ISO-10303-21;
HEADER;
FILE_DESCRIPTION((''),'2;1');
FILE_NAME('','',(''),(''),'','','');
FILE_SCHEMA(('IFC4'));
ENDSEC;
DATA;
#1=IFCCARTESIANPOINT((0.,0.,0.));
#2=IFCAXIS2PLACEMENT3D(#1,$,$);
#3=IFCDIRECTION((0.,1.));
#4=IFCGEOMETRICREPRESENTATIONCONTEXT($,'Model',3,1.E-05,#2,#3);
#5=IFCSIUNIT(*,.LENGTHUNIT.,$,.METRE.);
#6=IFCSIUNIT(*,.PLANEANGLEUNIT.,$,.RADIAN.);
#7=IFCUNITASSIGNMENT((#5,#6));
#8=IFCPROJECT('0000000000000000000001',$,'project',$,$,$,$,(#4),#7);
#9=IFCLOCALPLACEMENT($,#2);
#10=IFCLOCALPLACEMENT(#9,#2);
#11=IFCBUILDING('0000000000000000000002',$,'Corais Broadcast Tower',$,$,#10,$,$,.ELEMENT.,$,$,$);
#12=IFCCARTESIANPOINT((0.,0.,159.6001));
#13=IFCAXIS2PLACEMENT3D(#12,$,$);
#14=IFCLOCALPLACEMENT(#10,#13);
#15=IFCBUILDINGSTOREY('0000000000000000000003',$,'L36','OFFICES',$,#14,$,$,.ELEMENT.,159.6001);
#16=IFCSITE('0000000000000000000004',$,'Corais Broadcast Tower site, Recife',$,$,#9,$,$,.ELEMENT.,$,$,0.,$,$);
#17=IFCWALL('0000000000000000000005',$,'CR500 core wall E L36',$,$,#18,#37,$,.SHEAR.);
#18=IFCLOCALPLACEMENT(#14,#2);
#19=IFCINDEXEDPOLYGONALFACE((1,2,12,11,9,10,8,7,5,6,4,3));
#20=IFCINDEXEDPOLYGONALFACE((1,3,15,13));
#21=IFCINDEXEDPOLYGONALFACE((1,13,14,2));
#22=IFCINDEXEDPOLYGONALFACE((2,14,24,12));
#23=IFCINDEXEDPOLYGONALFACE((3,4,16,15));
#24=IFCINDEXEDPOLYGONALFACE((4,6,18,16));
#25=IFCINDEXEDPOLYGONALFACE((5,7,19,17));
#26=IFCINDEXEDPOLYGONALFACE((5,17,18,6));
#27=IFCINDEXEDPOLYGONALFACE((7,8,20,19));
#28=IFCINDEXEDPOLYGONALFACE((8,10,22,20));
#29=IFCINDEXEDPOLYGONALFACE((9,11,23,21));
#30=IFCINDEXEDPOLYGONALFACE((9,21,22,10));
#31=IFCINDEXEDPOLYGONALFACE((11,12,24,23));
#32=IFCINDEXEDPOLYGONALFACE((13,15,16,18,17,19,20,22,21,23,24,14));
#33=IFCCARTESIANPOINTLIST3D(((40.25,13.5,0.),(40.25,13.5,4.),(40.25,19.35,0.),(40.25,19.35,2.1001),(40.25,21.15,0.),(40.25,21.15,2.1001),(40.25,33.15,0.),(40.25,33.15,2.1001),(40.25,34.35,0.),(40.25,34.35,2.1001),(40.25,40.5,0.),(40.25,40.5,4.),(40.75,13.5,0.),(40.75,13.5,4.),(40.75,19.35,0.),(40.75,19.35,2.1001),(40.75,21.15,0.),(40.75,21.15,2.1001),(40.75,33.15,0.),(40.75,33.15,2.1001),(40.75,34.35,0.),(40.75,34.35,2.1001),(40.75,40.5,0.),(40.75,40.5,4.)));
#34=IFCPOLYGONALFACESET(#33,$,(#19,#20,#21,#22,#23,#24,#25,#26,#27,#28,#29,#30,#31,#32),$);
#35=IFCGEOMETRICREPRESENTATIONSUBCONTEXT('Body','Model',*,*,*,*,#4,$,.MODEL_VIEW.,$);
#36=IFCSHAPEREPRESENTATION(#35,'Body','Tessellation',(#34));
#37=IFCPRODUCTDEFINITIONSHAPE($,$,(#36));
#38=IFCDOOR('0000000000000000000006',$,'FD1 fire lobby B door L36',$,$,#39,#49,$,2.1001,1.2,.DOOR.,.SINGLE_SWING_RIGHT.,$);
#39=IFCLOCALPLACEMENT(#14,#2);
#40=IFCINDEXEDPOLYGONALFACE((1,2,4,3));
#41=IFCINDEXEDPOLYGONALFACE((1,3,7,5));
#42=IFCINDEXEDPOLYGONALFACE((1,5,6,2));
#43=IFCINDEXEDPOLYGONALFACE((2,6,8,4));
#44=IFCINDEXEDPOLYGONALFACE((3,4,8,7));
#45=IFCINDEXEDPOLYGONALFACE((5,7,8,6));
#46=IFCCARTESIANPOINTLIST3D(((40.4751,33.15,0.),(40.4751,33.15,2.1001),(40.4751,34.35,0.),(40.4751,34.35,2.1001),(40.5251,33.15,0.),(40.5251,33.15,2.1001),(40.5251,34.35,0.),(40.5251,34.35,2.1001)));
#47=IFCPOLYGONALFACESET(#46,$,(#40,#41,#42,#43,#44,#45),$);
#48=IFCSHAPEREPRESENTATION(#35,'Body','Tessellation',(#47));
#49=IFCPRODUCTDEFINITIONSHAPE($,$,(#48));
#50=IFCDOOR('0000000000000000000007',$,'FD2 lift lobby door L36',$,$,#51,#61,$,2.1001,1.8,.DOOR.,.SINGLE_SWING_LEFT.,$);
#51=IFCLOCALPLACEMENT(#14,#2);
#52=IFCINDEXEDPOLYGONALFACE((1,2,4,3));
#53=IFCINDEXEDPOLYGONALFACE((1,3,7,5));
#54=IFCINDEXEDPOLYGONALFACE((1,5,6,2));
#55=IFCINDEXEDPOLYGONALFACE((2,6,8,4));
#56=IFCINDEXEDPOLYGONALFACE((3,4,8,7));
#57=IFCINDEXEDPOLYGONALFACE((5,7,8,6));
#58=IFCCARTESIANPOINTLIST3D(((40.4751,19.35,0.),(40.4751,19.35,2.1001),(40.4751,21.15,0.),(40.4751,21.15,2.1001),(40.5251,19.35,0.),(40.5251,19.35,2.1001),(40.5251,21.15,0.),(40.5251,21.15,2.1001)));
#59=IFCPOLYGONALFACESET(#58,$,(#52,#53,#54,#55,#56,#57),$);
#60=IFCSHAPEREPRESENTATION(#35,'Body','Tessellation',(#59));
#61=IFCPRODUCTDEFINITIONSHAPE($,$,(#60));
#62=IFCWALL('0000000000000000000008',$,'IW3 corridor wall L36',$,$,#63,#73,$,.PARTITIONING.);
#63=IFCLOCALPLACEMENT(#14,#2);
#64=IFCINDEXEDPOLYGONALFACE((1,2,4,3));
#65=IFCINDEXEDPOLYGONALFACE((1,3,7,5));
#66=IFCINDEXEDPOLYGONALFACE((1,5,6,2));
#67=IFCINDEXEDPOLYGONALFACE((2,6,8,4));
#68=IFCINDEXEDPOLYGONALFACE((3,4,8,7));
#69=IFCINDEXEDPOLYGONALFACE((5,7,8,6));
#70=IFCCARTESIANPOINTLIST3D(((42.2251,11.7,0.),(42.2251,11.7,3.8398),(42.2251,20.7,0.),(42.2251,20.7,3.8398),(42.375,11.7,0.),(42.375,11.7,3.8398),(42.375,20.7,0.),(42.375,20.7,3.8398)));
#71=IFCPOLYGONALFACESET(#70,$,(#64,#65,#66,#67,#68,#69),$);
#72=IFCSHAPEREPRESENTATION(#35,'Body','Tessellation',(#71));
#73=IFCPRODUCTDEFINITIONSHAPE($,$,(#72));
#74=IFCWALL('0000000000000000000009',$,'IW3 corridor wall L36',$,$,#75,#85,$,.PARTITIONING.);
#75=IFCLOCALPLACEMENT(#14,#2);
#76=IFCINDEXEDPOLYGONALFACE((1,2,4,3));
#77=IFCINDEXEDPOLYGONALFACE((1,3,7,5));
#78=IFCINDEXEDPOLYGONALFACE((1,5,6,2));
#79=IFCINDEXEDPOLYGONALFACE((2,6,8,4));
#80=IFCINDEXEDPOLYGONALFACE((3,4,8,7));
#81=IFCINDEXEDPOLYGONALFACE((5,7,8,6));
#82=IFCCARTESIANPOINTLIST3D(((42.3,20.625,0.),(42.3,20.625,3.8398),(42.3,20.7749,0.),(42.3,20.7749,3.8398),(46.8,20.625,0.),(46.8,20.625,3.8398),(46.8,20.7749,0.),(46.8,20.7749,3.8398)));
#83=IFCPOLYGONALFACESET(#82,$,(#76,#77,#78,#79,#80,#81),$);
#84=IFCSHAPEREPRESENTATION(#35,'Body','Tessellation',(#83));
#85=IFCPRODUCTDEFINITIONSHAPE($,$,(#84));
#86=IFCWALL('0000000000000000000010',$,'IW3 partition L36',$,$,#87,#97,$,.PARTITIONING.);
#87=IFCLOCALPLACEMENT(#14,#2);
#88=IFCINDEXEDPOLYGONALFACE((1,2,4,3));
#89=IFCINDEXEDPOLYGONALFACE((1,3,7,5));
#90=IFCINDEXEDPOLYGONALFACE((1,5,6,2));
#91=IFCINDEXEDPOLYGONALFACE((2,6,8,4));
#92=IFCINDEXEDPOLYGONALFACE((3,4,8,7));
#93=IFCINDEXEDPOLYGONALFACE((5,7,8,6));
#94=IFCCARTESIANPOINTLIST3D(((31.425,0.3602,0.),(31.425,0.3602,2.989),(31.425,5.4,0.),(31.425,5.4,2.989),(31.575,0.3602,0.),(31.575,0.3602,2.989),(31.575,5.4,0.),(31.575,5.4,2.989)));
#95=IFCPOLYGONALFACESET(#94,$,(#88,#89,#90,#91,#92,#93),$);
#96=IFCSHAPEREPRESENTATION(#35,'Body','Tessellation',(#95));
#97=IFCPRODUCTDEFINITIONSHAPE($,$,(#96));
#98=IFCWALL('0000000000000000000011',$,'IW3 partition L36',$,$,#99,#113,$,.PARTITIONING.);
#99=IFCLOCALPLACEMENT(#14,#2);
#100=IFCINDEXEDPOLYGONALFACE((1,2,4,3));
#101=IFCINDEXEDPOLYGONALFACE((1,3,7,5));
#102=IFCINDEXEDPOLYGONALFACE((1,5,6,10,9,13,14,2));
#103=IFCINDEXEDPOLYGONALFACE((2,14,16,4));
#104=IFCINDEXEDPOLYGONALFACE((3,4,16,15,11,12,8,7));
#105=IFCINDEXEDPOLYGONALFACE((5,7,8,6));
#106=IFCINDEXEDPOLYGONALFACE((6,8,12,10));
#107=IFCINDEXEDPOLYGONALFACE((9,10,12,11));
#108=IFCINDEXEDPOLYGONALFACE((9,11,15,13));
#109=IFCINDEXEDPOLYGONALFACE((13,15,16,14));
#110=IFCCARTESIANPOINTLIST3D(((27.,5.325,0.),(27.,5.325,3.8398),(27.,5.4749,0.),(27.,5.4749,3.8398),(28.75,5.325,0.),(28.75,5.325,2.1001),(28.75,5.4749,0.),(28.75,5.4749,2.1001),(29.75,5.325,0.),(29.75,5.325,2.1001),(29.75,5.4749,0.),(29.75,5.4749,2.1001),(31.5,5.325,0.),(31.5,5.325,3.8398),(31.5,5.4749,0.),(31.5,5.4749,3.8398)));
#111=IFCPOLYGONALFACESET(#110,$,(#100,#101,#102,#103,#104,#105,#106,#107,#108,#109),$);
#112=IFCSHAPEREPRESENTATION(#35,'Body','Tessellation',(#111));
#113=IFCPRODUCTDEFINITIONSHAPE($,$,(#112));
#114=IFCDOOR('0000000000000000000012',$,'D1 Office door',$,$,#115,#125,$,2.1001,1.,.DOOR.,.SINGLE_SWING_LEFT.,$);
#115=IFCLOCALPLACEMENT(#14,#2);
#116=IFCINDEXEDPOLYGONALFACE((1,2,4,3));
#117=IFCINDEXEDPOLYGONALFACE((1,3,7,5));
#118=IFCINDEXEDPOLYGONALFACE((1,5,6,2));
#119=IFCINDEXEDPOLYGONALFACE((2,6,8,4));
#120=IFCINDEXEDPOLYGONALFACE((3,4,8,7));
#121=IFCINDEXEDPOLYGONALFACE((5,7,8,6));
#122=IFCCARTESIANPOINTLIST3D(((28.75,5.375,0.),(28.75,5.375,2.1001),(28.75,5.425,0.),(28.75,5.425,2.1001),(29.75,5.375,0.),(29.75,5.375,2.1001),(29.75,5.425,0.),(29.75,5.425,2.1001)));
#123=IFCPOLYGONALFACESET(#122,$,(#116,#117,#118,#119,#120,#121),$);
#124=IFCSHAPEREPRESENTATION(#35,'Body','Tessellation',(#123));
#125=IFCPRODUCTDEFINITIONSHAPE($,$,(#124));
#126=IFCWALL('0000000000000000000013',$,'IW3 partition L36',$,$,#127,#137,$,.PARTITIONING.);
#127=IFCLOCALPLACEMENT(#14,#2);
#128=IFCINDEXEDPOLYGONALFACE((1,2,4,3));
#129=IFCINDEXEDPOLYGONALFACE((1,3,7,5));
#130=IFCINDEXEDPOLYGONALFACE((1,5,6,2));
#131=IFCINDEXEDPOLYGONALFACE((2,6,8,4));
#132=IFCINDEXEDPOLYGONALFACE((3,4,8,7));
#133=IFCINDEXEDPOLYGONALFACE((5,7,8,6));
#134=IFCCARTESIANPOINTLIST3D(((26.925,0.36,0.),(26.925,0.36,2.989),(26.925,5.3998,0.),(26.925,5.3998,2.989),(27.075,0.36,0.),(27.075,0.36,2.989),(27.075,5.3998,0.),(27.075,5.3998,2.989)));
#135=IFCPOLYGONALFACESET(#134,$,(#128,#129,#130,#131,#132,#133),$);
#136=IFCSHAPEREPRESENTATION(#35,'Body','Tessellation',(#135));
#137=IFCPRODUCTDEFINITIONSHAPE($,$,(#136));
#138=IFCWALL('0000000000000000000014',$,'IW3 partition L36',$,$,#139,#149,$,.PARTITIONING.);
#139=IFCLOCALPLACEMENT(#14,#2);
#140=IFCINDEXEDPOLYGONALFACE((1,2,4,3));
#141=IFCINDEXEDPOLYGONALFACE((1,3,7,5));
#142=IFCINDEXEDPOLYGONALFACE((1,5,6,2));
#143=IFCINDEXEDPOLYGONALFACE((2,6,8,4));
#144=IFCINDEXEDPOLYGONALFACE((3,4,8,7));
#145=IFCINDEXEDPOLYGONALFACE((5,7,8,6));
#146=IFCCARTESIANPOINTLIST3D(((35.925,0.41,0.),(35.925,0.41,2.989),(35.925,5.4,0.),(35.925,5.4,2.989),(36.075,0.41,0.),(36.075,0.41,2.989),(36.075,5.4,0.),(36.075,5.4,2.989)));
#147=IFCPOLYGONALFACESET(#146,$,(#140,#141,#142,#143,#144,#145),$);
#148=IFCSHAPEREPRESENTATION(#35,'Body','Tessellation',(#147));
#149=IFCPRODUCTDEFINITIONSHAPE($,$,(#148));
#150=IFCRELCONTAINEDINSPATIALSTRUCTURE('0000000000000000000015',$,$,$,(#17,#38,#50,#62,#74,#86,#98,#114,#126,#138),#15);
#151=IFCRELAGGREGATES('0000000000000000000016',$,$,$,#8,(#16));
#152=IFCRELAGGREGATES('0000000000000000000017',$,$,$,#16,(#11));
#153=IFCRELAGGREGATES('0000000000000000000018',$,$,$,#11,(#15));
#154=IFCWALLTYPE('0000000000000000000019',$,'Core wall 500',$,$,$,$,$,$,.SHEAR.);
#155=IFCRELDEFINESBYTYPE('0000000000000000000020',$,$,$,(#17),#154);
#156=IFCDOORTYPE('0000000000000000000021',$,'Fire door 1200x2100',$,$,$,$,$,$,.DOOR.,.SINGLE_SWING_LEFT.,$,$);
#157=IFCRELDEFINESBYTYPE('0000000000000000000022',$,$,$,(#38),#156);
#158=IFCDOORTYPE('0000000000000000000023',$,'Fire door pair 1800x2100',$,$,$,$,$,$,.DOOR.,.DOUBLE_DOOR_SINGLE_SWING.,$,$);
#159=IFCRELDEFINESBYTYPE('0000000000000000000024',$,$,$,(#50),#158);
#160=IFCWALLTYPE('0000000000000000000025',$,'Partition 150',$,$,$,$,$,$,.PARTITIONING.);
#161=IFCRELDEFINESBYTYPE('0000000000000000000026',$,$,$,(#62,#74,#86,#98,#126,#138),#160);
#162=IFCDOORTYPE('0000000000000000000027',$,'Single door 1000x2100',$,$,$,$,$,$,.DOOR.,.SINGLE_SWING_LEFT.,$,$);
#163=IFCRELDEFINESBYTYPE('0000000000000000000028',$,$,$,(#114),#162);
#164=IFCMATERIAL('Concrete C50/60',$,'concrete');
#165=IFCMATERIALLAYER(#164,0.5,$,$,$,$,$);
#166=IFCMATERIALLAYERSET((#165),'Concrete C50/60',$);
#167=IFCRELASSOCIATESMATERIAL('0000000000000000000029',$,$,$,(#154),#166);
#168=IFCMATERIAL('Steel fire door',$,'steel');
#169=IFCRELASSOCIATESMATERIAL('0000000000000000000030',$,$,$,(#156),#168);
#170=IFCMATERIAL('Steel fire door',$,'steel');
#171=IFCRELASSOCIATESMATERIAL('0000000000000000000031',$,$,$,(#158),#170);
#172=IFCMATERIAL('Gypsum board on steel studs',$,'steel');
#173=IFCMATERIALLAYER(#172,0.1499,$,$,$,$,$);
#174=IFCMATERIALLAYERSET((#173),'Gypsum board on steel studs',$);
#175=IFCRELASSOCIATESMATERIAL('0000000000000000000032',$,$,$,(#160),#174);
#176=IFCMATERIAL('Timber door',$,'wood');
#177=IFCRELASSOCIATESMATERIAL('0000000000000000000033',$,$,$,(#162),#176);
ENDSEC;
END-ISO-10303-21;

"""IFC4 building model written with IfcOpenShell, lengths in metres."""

from ifc_helpers import new_model, si_unit, direction, frame, frame_2d, origin, place, context, subcontext, project, spatial, rectangle, extrude, material, layer, layer_set, type_object, element, fill, save


model = new_model("IFC4")

# Units and contexts
model_context = context("Model", 3, precision=1e-05, world=origin(), true_north=direction((0.0, 1.0)))
body_context = subcontext(model_context, "Body", "Model", "MODEL_VIEW")
ifc_project = project(units=[si_unit("LENGTHUNIT", "METRE"), si_unit("PLANEANGLEUNIT", "RADIAN")], contexts=[model_context])

# Site, building, storey
site_placement = place(None, origin())
site = spatial("IfcSite", under=ifc_project, at=site_placement, Name="Corais Broadcast Tower site, Recife", CompositionType="ELEMENT", RefElevation=0.0)
building_placement = place(site_placement, origin())
building = spatial("IfcBuilding", under=site, at=building_placement, Name="Corais Broadcast Tower", CompositionType="ELEMENT")
storey_placement = place(building_placement, frame((0.0, 0.0, 159.6001)))
storey = spatial("IfcBuildingStorey", under=building, at=storey_placement, Name="L36", Description="OFFICES", CompositionType="ELEMENT", Elevation=159.6001)

# Wall, openings, doors
ifc_material_1 = material(Name="Concrete C50/60", Category="concrete")
ifc_layer_1 = layer(ifc_material_1, 0.5)
ifc_layer_set_1 = layer_set([ifc_layer_1], Name="Concrete C50/60")
wall_type_1 = type_object("IfcWallType", Name="Core wall 500", PredefinedType="SHEAR", material=ifc_layer_set_1)
wall_1_placement = place(storey_placement, frame((40.5, 13.5, 0.0), z_axis=(0.0, 0.0, 1.0), x_axis=(0.0, 1.0, 0.0)))
wall_1 = element("IfcWall", 1, at=wall_1_placement, inside=storey, type_object=wall_type_1, Name="CR500 core wall E L36", PredefinedType="SHEAR", context=body_context, shape_type="SweptSolid", body=[
    extrude(rectangle(XDim=27.0, YDim=0.5, at=frame_2d((13.5, 0.0))), origin(), (0.0, 0.0, 1.0), 4.0),
])
opening_1_placement = place(wall_1_placement, frame((5.8501, 0.0, 0.0)))
opening_1 = element("IfcOpeningElement", 2, at=opening_1_placement, cuts=wall_1, PredefinedType="OPENING", context=body_context, shape_type="SweptSolid", body=[
    extrude(rectangle(XDim=1.8, YDim=2.1001, at=frame_2d((0.8999, 1.05))), frame((0.0, 0.26, 0.0), z_axis=(0.0, -1.0, 0.0), x_axis=(1.0, 0.0, 0.0)), (0.0, 0.0, 1.0), 0.52),
])
opening_2_placement = place(wall_1_placement, frame((19.6499, 0.0, 0.0)))
opening_2 = element("IfcOpeningElement", 3, at=opening_2_placement, cuts=wall_1, PredefinedType="OPENING", context=body_context, shape_type="SweptSolid", body=[
    extrude(rectangle(XDim=1.2, YDim=2.1001, at=frame_2d((0.6001, 1.05))), frame((0.0, 0.26, 0.0), z_axis=(0.0, -1.0, 0.0), x_axis=(1.0, 0.0, 0.0)), (0.0, 0.0, 1.0), 0.52),
])
ifc_material_2 = material(Name="Steel fire door", Category="steel")
door_type_1 = type_object("IfcDoorType", Name="Fire door 1200x2100", OperationType="SINGLE_SWING_LEFT", PredefinedType="DOOR", material=ifc_material_2)
door_1_placement = place(opening_2_placement, origin())
door_1 = element("IfcDoor", 4, at=door_1_placement, inside=storey, type_object=door_type_1, Name="FD1 fire lobby B door L36", OperationType="SINGLE_SWING_RIGHT", OverallHeight=2.1001, OverallWidth=1.2, PredefinedType="DOOR", context=body_context, shape_type="SweptSolid", body=[
    extrude(rectangle(XDim=1.2, YDim=2.1001, at=frame_2d((0.6001, 1.05))), frame((0.0, 0.0249, 0.0), z_axis=(0.0, -1.0, 0.0), x_axis=(1.0, 0.0, 0.0)), (0.0, 0.0, 1.0), 0.05),
])
fill(opening_2, door_1)
ifc_material_3 = material(Name="Steel fire door", Category="steel")
door_type_2 = type_object("IfcDoorType", Name="Fire door pair 1800x2100", OperationType="DOUBLE_DOOR_SINGLE_SWING", PredefinedType="DOOR", material=ifc_material_3)
door_2_placement = place(opening_1_placement, origin())
door_2 = element("IfcDoor", 5, at=door_2_placement, inside=storey, type_object=door_type_2, Name="FD2 lift lobby door L36", OperationType="SINGLE_SWING_LEFT", OverallHeight=2.1001, OverallWidth=1.8, PredefinedType="DOOR", context=body_context, shape_type="SweptSolid", body=[
    extrude(rectangle(XDim=1.8, YDim=2.1001, at=frame_2d((0.8999, 1.05))), frame((0.0, 0.0249, 0.0), z_axis=(0.0, -1.0, 0.0), x_axis=(1.0, 0.0, 0.0)), (0.0, 0.0, 1.0), 0.05),
])
fill(opening_1, door_2)

# Walls
ifc_material_4 = material(Name="Gypsum board on steel studs", Category="steel")
ifc_layer_2 = layer(ifc_material_4, 0.1499)
ifc_layer_set_2 = layer_set([ifc_layer_2], Name="Gypsum board on steel studs")
wall_type_2 = type_object("IfcWallType", Name="Partition 150", PredefinedType="PARTITIONING", material=ifc_layer_set_2)
wall_2_placement = place(storey_placement, frame((42.3, 11.7, 0.0), z_axis=(0.0, 0.0, 1.0), x_axis=(0.0, 1.0, 0.0)))
element("IfcWall", 6, at=wall_2_placement, inside=storey, type_object=wall_type_2, Name="IW3 corridor wall L36", PredefinedType="PARTITIONING", context=body_context, shape_type="SweptSolid", body=[
    extrude(rectangle(XDim=9.0, YDim=0.1499, at=frame_2d((4.5, 0.0))), origin(), (0.0, 0.0, 1.0), 3.8398),
])
wall_3_placement = place(storey_placement, frame((42.3, 20.7, 0.0), z_axis=(0.0, 0.0, 1.0), x_axis=(1.0, 0.0, 0.0)))
element("IfcWall", 7, at=wall_3_placement, inside=storey, type_object=wall_type_2, Name="IW3 corridor wall L36", PredefinedType="PARTITIONING", context=body_context, shape_type="SweptSolid", body=[
    extrude(rectangle(XDim=4.5, YDim=0.1499, at=frame_2d((2.25, 0.0))), origin(), (0.0, 0.0, 1.0), 3.8398),
])
wall_4_placement = place(storey_placement, frame((31.5, 0.3601, 0.0), z_axis=(0.0, 0.0, 1.0), x_axis=(0.0, 1.0, 0.0)))
element("IfcWall", 8, at=wall_4_placement, inside=storey, type_object=wall_type_2, Name="IW3 partition L36", PredefinedType="PARTITIONING", context=body_context, shape_type="SweptSolid", body=[
    extrude(rectangle(XDim=5.0398, YDim=0.1499, at=frame_2d((2.52, 0.0))), origin(), (0.0, 0.0, 1.0), 2.989),
])

# Wall, opening, door
wall_5_placement = place(storey_placement, frame((31.5, 5.3999, 0.0), z_axis=(0.0, 0.0, 1.0), x_axis=(-1.0, 0.0, 0.0)))
wall_5 = element("IfcWall", 9, at=wall_5_placement, inside=storey, type_object=wall_type_2, Name="IW3 partition L36", PredefinedType="PARTITIONING", context=body_context, shape_type="SweptSolid", body=[
    extrude(rectangle(XDim=4.5, YDim=0.1499, at=frame_2d((2.25, 0.0))), origin(), (0.0, 0.0, 1.0), 3.8398),
])
opening_3_placement = place(wall_5_placement, frame((1.75, 0.0, 0.0)))
opening_3 = element("IfcOpeningElement", 10, at=opening_3_placement, cuts=wall_5, PredefinedType="OPENING", context=body_context, shape_type="SweptSolid", body=[
    extrude(rectangle(XDim=1.0, YDim=2.1001, at=frame_2d((0.5, 1.05))), frame((0.0, 0.085, 0.0), z_axis=(0.0, -1.0, 0.0), x_axis=(1.0, 0.0, 0.0)), (0.0, 0.0, 1.0), 0.1699),
])
ifc_material_5 = material(Name="Timber door", Category="wood")
door_type_3 = type_object("IfcDoorType", Name="Single door 1000x2100", OperationType="SINGLE_SWING_LEFT", PredefinedType="DOOR", material=ifc_material_5)
door_3_placement = place(opening_3_placement, origin())
door_3 = element("IfcDoor", 11, at=door_3_placement, inside=storey, type_object=door_type_3, Name="D1 Office door", OperationType="SINGLE_SWING_LEFT", OverallHeight=2.1001, OverallWidth=1.0, PredefinedType="DOOR", context=body_context, shape_type="SweptSolid", body=[
    extrude(rectangle(XDim=1.0, YDim=2.1001, at=frame_2d((0.5, 1.05))), frame((0.0, 0.0249, 0.0), z_axis=(0.0, -1.0, 0.0), x_axis=(1.0, 0.0, 0.0)), (0.0, 0.0, 1.0), 0.05),
])
fill(opening_3, door_3)

# Walls
wall_6_placement = place(storey_placement, frame((27.0, 5.3999, 0.0), z_axis=(0.0, 0.0, 1.0), x_axis=(0.0, -1.0, 0.0)))
element("IfcWall", 12, at=wall_6_placement, inside=storey, type_object=wall_type_2, Name="IW3 partition L36", PredefinedType="PARTITIONING", context=body_context, shape_type="SweptSolid", body=[
    extrude(rectangle(XDim=5.0398, YDim=0.1499, at=frame_2d((2.52, 0.0))), origin(), (0.0, 0.0, 1.0), 2.989),
])
wall_7_placement = place(storey_placement, frame((36.0, 0.4099, 0.0), z_axis=(0.0, 0.0, 1.0), x_axis=(0.0, 1.0, 0.0)))
element("IfcWall", 13, at=wall_7_placement, inside=storey, type_object=wall_type_2, Name="IW3 partition L36", PredefinedType="PARTITIONING", context=body_context, shape_type="SweptSolid", body=[
    extrude(rectangle(XDim=4.99, YDim=0.1499, at=frame_2d((2.4951, 0.0))), origin(), (0.0, 0.0, 1.0), 2.989),
])

save(model, "model.ifc")
